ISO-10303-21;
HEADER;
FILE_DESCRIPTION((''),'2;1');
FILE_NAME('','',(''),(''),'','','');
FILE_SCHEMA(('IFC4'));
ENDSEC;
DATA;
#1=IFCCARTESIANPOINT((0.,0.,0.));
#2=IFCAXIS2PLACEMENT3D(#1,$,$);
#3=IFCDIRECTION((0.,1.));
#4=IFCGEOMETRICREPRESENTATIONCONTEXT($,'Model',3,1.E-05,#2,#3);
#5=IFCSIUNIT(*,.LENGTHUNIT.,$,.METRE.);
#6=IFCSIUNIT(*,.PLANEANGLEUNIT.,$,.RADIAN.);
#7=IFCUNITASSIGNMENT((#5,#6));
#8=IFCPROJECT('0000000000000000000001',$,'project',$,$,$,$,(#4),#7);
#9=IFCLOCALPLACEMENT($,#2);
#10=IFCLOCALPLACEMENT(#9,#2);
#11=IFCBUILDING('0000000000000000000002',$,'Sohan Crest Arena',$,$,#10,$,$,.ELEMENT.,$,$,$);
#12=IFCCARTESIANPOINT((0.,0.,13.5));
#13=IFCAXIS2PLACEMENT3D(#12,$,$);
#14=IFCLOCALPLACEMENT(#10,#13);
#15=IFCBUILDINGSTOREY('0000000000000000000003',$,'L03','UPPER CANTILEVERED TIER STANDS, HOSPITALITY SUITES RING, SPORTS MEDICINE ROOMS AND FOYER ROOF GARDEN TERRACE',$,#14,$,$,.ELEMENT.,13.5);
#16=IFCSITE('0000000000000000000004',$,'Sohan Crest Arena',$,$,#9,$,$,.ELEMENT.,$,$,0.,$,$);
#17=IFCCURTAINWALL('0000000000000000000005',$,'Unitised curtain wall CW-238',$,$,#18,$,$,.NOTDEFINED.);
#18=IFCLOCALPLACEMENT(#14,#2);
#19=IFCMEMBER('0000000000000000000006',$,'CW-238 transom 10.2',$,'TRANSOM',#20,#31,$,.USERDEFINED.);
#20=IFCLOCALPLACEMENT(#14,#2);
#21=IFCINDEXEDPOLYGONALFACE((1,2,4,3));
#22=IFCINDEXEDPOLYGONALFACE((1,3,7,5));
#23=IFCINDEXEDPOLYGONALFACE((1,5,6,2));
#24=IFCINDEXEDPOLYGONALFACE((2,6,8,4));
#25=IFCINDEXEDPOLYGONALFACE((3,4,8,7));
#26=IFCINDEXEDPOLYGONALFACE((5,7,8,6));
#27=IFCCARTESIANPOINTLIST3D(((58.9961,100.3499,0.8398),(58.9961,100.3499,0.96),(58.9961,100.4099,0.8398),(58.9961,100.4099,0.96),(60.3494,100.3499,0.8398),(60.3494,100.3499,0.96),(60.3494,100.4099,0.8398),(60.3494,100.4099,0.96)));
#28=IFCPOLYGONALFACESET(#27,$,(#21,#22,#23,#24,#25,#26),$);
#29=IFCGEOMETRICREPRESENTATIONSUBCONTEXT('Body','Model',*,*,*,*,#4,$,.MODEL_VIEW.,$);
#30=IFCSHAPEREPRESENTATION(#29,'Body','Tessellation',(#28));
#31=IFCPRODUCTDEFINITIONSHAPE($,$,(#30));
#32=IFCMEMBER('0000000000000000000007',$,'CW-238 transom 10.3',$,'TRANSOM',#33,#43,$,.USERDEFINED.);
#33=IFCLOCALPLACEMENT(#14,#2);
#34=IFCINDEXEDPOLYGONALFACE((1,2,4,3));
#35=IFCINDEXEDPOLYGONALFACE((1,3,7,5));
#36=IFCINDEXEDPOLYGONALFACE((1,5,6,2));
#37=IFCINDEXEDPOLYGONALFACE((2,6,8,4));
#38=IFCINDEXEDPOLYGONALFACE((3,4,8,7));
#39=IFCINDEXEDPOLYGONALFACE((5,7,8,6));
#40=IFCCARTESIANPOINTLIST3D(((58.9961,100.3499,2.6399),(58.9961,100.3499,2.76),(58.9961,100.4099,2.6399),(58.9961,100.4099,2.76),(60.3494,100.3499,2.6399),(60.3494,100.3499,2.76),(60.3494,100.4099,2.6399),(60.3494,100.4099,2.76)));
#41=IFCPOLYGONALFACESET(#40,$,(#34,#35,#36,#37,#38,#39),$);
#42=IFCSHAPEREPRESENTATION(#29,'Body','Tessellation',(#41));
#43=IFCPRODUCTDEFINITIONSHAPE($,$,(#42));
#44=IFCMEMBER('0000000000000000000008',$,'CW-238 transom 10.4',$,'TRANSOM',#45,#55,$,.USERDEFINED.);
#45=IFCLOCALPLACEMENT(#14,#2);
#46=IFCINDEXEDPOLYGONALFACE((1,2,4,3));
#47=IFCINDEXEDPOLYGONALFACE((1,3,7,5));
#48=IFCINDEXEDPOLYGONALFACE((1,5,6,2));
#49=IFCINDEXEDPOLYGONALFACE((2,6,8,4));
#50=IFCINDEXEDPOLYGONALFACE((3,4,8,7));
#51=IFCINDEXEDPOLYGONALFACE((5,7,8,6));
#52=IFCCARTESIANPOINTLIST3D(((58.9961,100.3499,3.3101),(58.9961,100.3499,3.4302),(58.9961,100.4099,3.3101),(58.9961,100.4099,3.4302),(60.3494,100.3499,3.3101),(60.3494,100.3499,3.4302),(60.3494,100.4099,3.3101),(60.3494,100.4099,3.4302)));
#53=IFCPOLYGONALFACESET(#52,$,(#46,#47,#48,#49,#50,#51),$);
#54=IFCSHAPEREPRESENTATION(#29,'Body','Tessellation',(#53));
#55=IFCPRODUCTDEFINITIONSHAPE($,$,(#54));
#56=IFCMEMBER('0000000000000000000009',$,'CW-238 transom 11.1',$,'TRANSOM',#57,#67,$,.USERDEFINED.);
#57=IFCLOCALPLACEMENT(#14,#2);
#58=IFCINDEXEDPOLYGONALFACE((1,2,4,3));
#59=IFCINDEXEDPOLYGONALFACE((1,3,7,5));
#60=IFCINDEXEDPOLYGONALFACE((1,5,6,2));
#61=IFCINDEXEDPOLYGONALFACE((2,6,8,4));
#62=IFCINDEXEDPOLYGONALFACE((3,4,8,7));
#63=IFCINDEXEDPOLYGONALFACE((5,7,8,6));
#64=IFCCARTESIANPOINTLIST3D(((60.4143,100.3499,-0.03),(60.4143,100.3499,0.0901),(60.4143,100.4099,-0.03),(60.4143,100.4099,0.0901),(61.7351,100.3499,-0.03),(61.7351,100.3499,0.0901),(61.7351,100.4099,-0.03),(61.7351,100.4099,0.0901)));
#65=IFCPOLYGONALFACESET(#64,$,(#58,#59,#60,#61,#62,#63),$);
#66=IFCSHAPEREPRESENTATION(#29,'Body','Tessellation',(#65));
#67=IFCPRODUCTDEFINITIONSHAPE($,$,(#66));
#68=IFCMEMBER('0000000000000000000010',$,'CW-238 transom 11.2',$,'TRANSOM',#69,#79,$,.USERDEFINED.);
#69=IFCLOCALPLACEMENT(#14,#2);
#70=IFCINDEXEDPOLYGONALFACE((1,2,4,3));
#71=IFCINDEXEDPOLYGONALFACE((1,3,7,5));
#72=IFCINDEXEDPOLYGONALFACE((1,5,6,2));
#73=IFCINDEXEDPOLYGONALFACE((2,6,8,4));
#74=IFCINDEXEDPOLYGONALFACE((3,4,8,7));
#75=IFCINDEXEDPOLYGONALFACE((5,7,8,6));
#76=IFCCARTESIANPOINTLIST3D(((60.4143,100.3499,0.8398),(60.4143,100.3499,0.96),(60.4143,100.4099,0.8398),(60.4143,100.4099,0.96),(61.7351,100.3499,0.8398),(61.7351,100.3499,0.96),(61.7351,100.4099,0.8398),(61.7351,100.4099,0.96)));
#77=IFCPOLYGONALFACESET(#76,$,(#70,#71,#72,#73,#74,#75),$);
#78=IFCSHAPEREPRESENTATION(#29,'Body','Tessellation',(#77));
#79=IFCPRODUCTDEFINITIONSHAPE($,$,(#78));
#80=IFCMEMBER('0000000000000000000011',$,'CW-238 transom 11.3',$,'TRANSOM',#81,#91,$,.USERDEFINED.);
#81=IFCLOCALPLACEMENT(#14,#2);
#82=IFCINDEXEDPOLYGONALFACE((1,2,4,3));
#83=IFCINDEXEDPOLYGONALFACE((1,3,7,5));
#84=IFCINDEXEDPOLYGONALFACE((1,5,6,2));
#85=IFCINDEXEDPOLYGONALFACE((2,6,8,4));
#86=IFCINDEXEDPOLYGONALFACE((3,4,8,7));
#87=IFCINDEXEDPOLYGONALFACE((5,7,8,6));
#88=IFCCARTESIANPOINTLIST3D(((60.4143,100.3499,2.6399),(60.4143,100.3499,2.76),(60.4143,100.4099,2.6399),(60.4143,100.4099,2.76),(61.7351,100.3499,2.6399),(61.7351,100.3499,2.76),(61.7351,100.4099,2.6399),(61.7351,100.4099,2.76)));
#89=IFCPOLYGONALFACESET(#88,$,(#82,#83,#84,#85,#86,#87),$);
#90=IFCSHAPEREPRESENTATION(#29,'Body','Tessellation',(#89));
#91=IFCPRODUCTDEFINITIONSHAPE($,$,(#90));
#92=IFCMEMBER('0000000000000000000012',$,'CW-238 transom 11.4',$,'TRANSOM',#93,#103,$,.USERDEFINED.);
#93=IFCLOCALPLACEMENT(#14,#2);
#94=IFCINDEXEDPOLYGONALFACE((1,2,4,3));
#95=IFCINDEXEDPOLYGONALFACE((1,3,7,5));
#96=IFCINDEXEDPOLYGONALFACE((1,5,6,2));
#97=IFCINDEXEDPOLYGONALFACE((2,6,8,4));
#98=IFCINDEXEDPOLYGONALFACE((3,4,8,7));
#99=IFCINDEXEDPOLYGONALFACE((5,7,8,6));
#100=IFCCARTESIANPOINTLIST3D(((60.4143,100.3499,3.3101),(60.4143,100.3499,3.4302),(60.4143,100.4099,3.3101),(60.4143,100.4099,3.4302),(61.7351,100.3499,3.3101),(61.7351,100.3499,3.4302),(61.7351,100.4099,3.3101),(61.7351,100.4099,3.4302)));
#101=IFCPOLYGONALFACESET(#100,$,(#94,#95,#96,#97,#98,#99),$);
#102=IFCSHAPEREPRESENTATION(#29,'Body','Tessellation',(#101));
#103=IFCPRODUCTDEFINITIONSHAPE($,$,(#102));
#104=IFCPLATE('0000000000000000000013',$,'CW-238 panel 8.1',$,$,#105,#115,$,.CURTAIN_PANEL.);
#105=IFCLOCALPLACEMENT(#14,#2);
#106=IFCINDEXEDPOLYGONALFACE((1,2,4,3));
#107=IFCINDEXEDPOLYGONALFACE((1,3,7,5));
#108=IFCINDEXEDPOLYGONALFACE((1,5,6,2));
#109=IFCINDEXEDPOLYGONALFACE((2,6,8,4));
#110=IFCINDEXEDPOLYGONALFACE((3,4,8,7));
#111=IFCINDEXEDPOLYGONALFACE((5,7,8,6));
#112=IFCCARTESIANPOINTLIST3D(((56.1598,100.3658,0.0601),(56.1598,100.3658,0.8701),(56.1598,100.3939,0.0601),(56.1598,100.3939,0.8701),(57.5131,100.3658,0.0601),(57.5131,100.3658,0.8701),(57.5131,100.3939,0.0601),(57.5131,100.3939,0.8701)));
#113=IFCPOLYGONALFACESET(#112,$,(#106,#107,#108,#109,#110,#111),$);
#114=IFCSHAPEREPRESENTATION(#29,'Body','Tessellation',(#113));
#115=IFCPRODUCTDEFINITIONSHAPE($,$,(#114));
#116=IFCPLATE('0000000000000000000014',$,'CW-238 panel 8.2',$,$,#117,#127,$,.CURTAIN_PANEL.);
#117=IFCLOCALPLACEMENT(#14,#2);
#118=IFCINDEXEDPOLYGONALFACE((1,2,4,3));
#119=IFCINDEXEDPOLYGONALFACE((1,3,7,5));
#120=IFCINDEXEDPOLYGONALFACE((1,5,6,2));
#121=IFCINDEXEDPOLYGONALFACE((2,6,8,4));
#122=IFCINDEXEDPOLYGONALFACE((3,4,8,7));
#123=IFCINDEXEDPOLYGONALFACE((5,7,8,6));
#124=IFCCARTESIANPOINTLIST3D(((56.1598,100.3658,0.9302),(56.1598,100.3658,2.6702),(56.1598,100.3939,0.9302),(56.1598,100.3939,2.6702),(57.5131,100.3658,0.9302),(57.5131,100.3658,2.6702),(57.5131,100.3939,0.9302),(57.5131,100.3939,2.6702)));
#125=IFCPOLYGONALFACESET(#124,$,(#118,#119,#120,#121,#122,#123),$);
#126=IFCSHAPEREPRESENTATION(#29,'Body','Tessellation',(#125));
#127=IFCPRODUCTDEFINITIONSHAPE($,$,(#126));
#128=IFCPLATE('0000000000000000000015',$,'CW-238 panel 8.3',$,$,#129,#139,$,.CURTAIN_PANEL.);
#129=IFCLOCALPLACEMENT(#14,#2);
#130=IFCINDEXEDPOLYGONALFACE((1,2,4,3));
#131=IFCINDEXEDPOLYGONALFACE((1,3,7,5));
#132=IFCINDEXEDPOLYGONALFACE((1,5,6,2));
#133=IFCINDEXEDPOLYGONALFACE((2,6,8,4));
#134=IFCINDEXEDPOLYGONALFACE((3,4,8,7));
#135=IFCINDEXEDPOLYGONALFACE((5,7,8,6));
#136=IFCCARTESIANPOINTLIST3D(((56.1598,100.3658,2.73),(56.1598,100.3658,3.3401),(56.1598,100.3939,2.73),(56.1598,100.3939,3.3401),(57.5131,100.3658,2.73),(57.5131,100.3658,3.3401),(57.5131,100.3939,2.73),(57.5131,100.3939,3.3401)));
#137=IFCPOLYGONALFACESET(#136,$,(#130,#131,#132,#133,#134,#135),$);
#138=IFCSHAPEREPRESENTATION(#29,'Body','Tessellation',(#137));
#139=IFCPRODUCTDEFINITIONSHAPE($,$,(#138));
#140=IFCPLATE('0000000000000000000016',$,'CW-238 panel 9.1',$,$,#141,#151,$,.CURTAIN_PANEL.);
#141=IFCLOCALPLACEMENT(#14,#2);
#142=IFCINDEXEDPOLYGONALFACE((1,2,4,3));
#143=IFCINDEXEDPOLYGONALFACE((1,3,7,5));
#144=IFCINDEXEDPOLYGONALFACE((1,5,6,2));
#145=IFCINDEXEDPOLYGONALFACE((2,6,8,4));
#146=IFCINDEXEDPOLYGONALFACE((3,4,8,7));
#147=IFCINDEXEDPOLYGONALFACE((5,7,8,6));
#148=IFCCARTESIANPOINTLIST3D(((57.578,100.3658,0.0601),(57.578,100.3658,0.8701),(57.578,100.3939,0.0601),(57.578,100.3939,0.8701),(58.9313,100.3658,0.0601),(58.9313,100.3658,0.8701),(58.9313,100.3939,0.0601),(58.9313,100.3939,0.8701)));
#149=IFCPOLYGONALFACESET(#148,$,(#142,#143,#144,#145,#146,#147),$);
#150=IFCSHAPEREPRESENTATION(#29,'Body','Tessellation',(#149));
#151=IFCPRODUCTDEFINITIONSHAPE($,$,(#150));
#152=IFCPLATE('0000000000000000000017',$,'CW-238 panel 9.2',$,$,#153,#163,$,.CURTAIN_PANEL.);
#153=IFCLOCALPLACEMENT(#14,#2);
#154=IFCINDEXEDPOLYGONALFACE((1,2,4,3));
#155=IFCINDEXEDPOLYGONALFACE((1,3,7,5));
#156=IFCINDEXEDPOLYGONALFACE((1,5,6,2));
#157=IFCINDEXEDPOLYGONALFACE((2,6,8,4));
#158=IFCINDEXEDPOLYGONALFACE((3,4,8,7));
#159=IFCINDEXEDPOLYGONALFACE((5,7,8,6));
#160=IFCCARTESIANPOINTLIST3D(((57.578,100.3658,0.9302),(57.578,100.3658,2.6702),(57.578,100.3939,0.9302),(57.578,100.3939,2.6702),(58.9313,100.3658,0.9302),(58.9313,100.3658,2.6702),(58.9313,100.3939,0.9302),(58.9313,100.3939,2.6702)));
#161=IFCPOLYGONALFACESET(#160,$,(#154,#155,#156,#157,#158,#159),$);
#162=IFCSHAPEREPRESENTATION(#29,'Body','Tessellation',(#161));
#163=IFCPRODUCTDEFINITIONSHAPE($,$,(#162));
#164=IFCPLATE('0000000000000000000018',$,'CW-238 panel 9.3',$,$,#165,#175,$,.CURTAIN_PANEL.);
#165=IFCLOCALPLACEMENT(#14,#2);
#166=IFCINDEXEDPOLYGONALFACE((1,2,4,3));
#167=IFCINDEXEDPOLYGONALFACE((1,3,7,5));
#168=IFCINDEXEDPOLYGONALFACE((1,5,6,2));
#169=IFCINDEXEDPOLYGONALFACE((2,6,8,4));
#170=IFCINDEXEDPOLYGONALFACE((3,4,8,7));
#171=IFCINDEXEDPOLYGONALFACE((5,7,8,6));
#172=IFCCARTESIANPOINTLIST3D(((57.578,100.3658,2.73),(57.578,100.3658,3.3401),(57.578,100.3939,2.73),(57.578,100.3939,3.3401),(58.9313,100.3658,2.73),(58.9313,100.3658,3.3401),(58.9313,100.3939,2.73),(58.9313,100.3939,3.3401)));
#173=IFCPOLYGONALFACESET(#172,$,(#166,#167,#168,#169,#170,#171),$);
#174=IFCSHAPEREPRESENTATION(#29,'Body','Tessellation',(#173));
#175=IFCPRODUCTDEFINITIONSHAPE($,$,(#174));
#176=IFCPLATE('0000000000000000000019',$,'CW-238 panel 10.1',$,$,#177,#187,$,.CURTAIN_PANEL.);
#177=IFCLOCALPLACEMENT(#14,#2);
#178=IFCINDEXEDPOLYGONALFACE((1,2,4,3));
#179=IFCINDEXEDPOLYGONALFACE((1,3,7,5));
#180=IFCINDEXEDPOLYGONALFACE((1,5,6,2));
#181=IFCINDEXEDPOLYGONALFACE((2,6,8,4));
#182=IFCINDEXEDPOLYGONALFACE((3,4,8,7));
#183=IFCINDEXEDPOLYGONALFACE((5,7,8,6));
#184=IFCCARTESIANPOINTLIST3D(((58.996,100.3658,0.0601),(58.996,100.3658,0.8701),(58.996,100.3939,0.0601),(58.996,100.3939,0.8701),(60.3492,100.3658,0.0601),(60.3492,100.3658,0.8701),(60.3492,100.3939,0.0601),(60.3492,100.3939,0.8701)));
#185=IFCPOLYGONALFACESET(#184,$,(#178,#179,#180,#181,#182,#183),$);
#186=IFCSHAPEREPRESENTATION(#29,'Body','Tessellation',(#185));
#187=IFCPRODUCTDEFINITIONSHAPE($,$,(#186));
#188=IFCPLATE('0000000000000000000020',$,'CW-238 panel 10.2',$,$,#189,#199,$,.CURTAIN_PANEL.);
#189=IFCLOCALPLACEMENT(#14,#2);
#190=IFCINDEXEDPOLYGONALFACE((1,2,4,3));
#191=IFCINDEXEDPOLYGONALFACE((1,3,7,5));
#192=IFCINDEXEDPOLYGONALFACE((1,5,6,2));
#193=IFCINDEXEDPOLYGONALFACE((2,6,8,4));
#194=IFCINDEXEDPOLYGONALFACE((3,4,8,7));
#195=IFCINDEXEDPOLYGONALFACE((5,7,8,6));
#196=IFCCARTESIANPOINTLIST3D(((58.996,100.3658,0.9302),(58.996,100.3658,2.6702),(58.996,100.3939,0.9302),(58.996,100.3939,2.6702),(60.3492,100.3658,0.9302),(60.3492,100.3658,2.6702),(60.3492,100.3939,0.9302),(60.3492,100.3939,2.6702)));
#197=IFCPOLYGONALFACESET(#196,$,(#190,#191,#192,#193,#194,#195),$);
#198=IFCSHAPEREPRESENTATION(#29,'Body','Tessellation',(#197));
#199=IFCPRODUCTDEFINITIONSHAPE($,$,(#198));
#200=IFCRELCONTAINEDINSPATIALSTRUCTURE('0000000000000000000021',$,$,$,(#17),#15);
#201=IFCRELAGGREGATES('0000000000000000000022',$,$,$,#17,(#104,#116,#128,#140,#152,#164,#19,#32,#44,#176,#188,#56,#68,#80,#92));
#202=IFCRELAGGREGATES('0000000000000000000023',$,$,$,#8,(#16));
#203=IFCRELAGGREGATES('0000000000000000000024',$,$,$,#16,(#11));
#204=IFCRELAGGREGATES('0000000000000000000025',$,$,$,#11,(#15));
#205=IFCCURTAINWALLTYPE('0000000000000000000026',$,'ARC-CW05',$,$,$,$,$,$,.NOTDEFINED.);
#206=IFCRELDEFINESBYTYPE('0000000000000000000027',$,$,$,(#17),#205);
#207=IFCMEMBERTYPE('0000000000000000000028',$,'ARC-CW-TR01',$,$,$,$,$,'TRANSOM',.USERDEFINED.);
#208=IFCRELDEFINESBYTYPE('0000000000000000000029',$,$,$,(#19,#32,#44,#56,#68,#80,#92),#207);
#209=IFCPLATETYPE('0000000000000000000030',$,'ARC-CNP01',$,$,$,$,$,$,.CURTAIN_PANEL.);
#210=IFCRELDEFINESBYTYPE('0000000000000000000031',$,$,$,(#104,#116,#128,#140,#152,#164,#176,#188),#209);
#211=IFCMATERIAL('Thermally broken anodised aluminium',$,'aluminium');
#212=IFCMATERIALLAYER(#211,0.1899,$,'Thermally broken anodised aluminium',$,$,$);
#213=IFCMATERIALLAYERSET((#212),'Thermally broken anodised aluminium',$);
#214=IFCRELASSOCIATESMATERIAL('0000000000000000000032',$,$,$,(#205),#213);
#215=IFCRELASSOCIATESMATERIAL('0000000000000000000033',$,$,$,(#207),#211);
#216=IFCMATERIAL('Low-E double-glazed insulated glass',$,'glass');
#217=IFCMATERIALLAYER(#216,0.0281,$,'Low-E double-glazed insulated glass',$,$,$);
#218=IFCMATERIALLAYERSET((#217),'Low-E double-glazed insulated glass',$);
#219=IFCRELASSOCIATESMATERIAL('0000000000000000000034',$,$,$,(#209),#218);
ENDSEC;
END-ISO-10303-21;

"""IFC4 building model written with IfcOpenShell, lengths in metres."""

from ifc_helpers import new_model, si_unit, direction, frame, origin, origin_2d, place, context, subcontext, project, spatial, rectangle, extrude, material, layer, layer_set, material_profile, profile_set, type_object, element, aggregate, save


model = new_model("IFC4")

# Units and contexts
model_context = context("Model", 3, precision=1e-05, world=origin(), true_north=direction((0.0, 1.0)))
body_context = subcontext(model_context, "Body", "Model", "MODEL_VIEW")
ifc_project = project(units=[si_unit("LENGTHUNIT", "METRE"), si_unit("PLANEANGLEUNIT", "RADIAN")], contexts=[model_context])

# Site, building, storey
site_placement = place(None, origin())
site = spatial("IfcSite", under=ifc_project, at=site_placement, Name="Sohan Crest Arena", CompositionType="ELEMENT", RefElevation=0.0)
building_placement = place(site_placement, origin())
building = spatial("IfcBuilding", under=site, at=building_placement, Name="Sohan Crest Arena", CompositionType="ELEMENT")
storey_placement = place(building_placement, frame((0.0, 0.0, 13.5)))
storey = spatial("IfcBuildingStorey", under=building, at=storey_placement, Name="L03", Description="UPPER CANTILEVERED TIER STANDS, HOSPITALITY SUITES RING, SPORTS MEDICINE ROOMS AND FOYER ROOF GARDEN TERRACE", CompositionType="ELEMENT", Elevation=13.5)

# Curtain wall
ifc_material_1 = material(Name="Thermally broken anodised aluminium", Category="aluminium")
ifc_layer_1 = layer(ifc_material_1, 0.1899, Name="Thermally broken anodised aluminium")
ifc_layer_set_1 = layer_set([ifc_layer_1], Name="Thermally broken anodised aluminium")
curtain_wall_type_1 = type_object("IfcCurtainWallType", Name="ARC-CW05", PredefinedType="NOTDEFINED", material=ifc_layer_set_1)
curtain_wall_1_placement = place(storey_placement, origin())
curtain_wall_1 = element("IfcCurtainWall", 1, at=curtain_wall_1_placement, inside=storey, type_object=curtain_wall_type_1, Name="Unitised curtain wall CW-238", PredefinedType="NOTDEFINED")
ifc_material_profile_1 = material_profile(ifc_material_1, rectangle(XDim=0.0601, YDim=0.1201, at=origin_2d()), Name="ALU-TRAN 60x120")
ifc_profile_set_1 = profile_set([ifc_material_profile_1], Name="Thermally broken anodised aluminium")
member_type_1 = type_object("IfcMemberType", Name="ARC-CW-TR01", ElementType="TRANSOM", PredefinedType="USERDEFINED", material=ifc_profile_set_1)

# Members
member_1_placement = place(storey_placement, frame((58.9961, 100.3799, 0.8999), z_axis=(1.0, 0.0, 0.0), x_axis=(0.0, 1.0, 0.0)))
member_1 = element("IfcMember", 2, at=member_1_placement, type_object=member_type_1, Name="CW-238 transom 10.2", ObjectType="TRANSOM", PredefinedType="USERDEFINED", context=body_context, shape_type="SweptSolid", body=[
    extrude(rectangle(XDim=0.0601, YDim=0.1201, at=origin_2d()), origin(), (0.0, 0.0, 1.0), 1.3533),
])
member_2_placement = place(storey_placement, frame((58.9961, 100.3799, 2.7), z_axis=(1.0, 0.0, 0.0), x_axis=(0.0, 1.0, 0.0)))
member_2 = element("IfcMember", 3, at=member_2_placement, type_object=member_type_1, Name="CW-238 transom 10.3", ObjectType="TRANSOM", PredefinedType="USERDEFINED", context=body_context, shape_type="SweptSolid", body=[
    extrude(rectangle(XDim=0.0601, YDim=0.1201, at=origin_2d()), origin(), (0.0, 0.0, 1.0), 1.3533),
])
member_3_placement = place(storey_placement, frame((58.9961, 100.3799, 3.3701), z_axis=(1.0, 0.0, 0.0), x_axis=(0.0, 1.0, 0.0)))
member_3 = element("IfcMember", 4, at=member_3_placement, type_object=member_type_1, Name="CW-238 transom 10.4", ObjectType="TRANSOM", PredefinedType="USERDEFINED", context=body_context, shape_type="SweptSolid", body=[
    extrude(rectangle(XDim=0.0601, YDim=0.1201, at=origin_2d()), origin(), (0.0, 0.0, 1.0), 1.3533),
])
member_4_placement = place(storey_placement, frame((60.4143, 100.3799, 0.03), z_axis=(1.0, 0.0, 0.0), x_axis=(0.0, 1.0, 0.0)))
member_4 = element("IfcMember", 5, at=member_4_placement, type_object=member_type_1, Name="CW-238 transom 11.1", ObjectType="TRANSOM", PredefinedType="USERDEFINED", context=body_context, shape_type="SweptSolid", body=[
    extrude(rectangle(XDim=0.0601, YDim=0.1201, at=origin_2d()), origin(), (0.0, 0.0, 1.0), 1.3208),
])
member_5_placement = place(storey_placement, frame((60.4143, 100.3799, 0.8999), z_axis=(1.0, 0.0, 0.0), x_axis=(0.0, 1.0, 0.0)))
member_5 = element("IfcMember", 6, at=member_5_placement, type_object=member_type_1, Name="CW-238 transom 11.2", ObjectType="TRANSOM", PredefinedType="USERDEFINED", context=body_context, shape_type="SweptSolid", body=[
    extrude(rectangle(XDim=0.0601, YDim=0.1201, at=origin_2d()), origin(), (0.0, 0.0, 1.0), 1.3208),
])
member_6_placement = place(storey_placement, frame((60.4143, 100.3799, 2.7), z_axis=(1.0, 0.0, 0.0), x_axis=(0.0, 1.0, 0.0)))
member_6 = element("IfcMember", 7, at=member_6_placement, type_object=member_type_1, Name="CW-238 transom 11.3", ObjectType="TRANSOM", PredefinedType="USERDEFINED", context=body_context, shape_type="SweptSolid", body=[
    extrude(rectangle(XDim=0.0601, YDim=0.1201, at=origin_2d()), origin(), (0.0, 0.0, 1.0), 1.3208),
])
member_7_placement = place(storey_placement, frame((60.4143, 100.3799, 3.3701), z_axis=(1.0, 0.0, 0.0), x_axis=(0.0, 1.0, 0.0)))
member_7 = element("IfcMember", 8, at=member_7_placement, type_object=member_type_1, Name="CW-238 transom 11.4", ObjectType="TRANSOM", PredefinedType="USERDEFINED", context=body_context, shape_type="SweptSolid", body=[
    extrude(rectangle(XDim=0.0601, YDim=0.1201, at=origin_2d()), origin(), (0.0, 0.0, 1.0), 1.3208),
])

# Plates
ifc_material_2 = material(Name="Low-E double-glazed insulated glass", Category="glass")
ifc_layer_2 = layer(ifc_material_2, 0.0281, Name="Low-E double-glazed insulated glass")
ifc_layer_set_2 = layer_set([ifc_layer_2], Name="Low-E double-glazed insulated glass")
plate_type = type_object("IfcPlateType", Name="ARC-CNP01", PredefinedType="CURTAIN_PANEL", material=ifc_layer_set_2)
plate_1_placement = place(storey_placement, frame((56.8364, 100.3799, 0.0601), z_axis=(0.0, 0.0, 1.0), x_axis=(1.0, 0.0, 0.0)))
plate_1 = element("IfcPlate", 9, at=plate_1_placement, type_object=plate_type, Name="CW-238 panel 8.1", PredefinedType="CURTAIN_PANEL", context=body_context, shape_type="SweptSolid", body=[
    extrude(rectangle(XDim=1.3533, YDim=0.0281, at=origin_2d()), origin(), (0.0, 0.0, 1.0), 0.8101),
])
plate_2_placement = place(storey_placement, frame((56.8364, 100.3799, 0.9302), z_axis=(0.0, 0.0, 1.0), x_axis=(1.0, 0.0, 0.0)))
plate_2 = element("IfcPlate", 10, at=plate_2_placement, type_object=plate_type, Name="CW-238 panel 8.2", PredefinedType="CURTAIN_PANEL", context=body_context, shape_type="SweptSolid", body=[
    extrude(rectangle(XDim=1.3533, YDim=0.0281, at=origin_2d()), origin(), (0.0, 0.0, 1.0), 1.74),
])
plate_3_placement = place(storey_placement, frame((56.8364, 100.3799, 2.73), z_axis=(0.0, 0.0, 1.0), x_axis=(1.0, 0.0, 0.0)))
plate_3 = element("IfcPlate", 11, at=plate_3_placement, type_object=plate_type, Name="CW-238 panel 8.3", PredefinedType="CURTAIN_PANEL", context=body_context, shape_type="SweptSolid", body=[
    extrude(rectangle(XDim=1.3533, YDim=0.0281, at=origin_2d()), origin(), (0.0, 0.0, 1.0), 0.6101),
])
plate_4_placement = place(storey_placement, frame((58.2546, 100.3799, 0.0601), z_axis=(0.0, 0.0, 1.0), x_axis=(1.0, 0.0, 0.0)))
plate_4 = element("IfcPlate", 12, at=plate_4_placement, type_object=plate_type, Name="CW-238 panel 9.1", PredefinedType="CURTAIN_PANEL", context=body_context, shape_type="SweptSolid", body=[
    extrude(rectangle(XDim=1.3533, YDim=0.0281, at=origin_2d()), origin(), (0.0, 0.0, 1.0), 0.8101),
])
plate_5_placement = place(storey_placement, frame((58.2546, 100.3799, 0.9302), z_axis=(0.0, 0.0, 1.0), x_axis=(1.0, 0.0, 0.0)))
plate_5 = element("IfcPlate", 13, at=plate_5_placement, type_object=plate_type, Name="CW-238 panel 9.2", PredefinedType="CURTAIN_PANEL", context=body_context, shape_type="SweptSolid", body=[
    extrude(rectangle(XDim=1.3533, YDim=0.0281, at=origin_2d()), origin(), (0.0, 0.0, 1.0), 1.74),
])
plate_6_placement = place(storey_placement, frame((58.2546, 100.3799, 2.73), z_axis=(0.0, 0.0, 1.0), x_axis=(1.0, 0.0, 0.0)))
plate_6 = element("IfcPlate", 14, at=plate_6_placement, type_object=plate_type, Name="CW-238 panel 9.3", PredefinedType="CURTAIN_PANEL", context=body_context, shape_type="SweptSolid", body=[
    extrude(rectangle(XDim=1.3533, YDim=0.0281, at=origin_2d()), origin(), (0.0, 0.0, 1.0), 0.6101),
])
plate_7_placement = place(storey_placement, frame((59.6726, 100.3799, 0.0601), z_axis=(0.0, 0.0, 1.0), x_axis=(1.0, 0.0, 0.0)))
plate_7 = element("IfcPlate", 15, at=plate_7_placement, type_object=plate_type, Name="CW-238 panel 10.1", PredefinedType="CURTAIN_PANEL", context=body_context, shape_type="SweptSolid", body=[
    extrude(rectangle(XDim=1.3533, YDim=0.0281, at=origin_2d()), origin(), (0.0, 0.0, 1.0), 0.8101),
])
plate_8_placement = place(storey_placement, frame((59.6726, 100.3799, 0.9302), z_axis=(0.0, 0.0, 1.0), x_axis=(1.0, 0.0, 0.0)))
plate_8 = element("IfcPlate", 16, at=plate_8_placement, type_object=plate_type, Name="CW-238 panel 10.2", PredefinedType="CURTAIN_PANEL", context=body_context, shape_type="SweptSolid", body=[
    extrude(rectangle(XDim=1.3533, YDim=0.0281, at=origin_2d()), origin(), (0.0, 0.0, 1.0), 1.74),
])
aggregate(curtain_wall_1, [plate_1, plate_2, plate_3, plate_4, plate_5, plate_6, member_1, member_2, member_3, plate_7, plate_8, member_4, member_5, member_6, member_7])

save(model, "model.ifc")
